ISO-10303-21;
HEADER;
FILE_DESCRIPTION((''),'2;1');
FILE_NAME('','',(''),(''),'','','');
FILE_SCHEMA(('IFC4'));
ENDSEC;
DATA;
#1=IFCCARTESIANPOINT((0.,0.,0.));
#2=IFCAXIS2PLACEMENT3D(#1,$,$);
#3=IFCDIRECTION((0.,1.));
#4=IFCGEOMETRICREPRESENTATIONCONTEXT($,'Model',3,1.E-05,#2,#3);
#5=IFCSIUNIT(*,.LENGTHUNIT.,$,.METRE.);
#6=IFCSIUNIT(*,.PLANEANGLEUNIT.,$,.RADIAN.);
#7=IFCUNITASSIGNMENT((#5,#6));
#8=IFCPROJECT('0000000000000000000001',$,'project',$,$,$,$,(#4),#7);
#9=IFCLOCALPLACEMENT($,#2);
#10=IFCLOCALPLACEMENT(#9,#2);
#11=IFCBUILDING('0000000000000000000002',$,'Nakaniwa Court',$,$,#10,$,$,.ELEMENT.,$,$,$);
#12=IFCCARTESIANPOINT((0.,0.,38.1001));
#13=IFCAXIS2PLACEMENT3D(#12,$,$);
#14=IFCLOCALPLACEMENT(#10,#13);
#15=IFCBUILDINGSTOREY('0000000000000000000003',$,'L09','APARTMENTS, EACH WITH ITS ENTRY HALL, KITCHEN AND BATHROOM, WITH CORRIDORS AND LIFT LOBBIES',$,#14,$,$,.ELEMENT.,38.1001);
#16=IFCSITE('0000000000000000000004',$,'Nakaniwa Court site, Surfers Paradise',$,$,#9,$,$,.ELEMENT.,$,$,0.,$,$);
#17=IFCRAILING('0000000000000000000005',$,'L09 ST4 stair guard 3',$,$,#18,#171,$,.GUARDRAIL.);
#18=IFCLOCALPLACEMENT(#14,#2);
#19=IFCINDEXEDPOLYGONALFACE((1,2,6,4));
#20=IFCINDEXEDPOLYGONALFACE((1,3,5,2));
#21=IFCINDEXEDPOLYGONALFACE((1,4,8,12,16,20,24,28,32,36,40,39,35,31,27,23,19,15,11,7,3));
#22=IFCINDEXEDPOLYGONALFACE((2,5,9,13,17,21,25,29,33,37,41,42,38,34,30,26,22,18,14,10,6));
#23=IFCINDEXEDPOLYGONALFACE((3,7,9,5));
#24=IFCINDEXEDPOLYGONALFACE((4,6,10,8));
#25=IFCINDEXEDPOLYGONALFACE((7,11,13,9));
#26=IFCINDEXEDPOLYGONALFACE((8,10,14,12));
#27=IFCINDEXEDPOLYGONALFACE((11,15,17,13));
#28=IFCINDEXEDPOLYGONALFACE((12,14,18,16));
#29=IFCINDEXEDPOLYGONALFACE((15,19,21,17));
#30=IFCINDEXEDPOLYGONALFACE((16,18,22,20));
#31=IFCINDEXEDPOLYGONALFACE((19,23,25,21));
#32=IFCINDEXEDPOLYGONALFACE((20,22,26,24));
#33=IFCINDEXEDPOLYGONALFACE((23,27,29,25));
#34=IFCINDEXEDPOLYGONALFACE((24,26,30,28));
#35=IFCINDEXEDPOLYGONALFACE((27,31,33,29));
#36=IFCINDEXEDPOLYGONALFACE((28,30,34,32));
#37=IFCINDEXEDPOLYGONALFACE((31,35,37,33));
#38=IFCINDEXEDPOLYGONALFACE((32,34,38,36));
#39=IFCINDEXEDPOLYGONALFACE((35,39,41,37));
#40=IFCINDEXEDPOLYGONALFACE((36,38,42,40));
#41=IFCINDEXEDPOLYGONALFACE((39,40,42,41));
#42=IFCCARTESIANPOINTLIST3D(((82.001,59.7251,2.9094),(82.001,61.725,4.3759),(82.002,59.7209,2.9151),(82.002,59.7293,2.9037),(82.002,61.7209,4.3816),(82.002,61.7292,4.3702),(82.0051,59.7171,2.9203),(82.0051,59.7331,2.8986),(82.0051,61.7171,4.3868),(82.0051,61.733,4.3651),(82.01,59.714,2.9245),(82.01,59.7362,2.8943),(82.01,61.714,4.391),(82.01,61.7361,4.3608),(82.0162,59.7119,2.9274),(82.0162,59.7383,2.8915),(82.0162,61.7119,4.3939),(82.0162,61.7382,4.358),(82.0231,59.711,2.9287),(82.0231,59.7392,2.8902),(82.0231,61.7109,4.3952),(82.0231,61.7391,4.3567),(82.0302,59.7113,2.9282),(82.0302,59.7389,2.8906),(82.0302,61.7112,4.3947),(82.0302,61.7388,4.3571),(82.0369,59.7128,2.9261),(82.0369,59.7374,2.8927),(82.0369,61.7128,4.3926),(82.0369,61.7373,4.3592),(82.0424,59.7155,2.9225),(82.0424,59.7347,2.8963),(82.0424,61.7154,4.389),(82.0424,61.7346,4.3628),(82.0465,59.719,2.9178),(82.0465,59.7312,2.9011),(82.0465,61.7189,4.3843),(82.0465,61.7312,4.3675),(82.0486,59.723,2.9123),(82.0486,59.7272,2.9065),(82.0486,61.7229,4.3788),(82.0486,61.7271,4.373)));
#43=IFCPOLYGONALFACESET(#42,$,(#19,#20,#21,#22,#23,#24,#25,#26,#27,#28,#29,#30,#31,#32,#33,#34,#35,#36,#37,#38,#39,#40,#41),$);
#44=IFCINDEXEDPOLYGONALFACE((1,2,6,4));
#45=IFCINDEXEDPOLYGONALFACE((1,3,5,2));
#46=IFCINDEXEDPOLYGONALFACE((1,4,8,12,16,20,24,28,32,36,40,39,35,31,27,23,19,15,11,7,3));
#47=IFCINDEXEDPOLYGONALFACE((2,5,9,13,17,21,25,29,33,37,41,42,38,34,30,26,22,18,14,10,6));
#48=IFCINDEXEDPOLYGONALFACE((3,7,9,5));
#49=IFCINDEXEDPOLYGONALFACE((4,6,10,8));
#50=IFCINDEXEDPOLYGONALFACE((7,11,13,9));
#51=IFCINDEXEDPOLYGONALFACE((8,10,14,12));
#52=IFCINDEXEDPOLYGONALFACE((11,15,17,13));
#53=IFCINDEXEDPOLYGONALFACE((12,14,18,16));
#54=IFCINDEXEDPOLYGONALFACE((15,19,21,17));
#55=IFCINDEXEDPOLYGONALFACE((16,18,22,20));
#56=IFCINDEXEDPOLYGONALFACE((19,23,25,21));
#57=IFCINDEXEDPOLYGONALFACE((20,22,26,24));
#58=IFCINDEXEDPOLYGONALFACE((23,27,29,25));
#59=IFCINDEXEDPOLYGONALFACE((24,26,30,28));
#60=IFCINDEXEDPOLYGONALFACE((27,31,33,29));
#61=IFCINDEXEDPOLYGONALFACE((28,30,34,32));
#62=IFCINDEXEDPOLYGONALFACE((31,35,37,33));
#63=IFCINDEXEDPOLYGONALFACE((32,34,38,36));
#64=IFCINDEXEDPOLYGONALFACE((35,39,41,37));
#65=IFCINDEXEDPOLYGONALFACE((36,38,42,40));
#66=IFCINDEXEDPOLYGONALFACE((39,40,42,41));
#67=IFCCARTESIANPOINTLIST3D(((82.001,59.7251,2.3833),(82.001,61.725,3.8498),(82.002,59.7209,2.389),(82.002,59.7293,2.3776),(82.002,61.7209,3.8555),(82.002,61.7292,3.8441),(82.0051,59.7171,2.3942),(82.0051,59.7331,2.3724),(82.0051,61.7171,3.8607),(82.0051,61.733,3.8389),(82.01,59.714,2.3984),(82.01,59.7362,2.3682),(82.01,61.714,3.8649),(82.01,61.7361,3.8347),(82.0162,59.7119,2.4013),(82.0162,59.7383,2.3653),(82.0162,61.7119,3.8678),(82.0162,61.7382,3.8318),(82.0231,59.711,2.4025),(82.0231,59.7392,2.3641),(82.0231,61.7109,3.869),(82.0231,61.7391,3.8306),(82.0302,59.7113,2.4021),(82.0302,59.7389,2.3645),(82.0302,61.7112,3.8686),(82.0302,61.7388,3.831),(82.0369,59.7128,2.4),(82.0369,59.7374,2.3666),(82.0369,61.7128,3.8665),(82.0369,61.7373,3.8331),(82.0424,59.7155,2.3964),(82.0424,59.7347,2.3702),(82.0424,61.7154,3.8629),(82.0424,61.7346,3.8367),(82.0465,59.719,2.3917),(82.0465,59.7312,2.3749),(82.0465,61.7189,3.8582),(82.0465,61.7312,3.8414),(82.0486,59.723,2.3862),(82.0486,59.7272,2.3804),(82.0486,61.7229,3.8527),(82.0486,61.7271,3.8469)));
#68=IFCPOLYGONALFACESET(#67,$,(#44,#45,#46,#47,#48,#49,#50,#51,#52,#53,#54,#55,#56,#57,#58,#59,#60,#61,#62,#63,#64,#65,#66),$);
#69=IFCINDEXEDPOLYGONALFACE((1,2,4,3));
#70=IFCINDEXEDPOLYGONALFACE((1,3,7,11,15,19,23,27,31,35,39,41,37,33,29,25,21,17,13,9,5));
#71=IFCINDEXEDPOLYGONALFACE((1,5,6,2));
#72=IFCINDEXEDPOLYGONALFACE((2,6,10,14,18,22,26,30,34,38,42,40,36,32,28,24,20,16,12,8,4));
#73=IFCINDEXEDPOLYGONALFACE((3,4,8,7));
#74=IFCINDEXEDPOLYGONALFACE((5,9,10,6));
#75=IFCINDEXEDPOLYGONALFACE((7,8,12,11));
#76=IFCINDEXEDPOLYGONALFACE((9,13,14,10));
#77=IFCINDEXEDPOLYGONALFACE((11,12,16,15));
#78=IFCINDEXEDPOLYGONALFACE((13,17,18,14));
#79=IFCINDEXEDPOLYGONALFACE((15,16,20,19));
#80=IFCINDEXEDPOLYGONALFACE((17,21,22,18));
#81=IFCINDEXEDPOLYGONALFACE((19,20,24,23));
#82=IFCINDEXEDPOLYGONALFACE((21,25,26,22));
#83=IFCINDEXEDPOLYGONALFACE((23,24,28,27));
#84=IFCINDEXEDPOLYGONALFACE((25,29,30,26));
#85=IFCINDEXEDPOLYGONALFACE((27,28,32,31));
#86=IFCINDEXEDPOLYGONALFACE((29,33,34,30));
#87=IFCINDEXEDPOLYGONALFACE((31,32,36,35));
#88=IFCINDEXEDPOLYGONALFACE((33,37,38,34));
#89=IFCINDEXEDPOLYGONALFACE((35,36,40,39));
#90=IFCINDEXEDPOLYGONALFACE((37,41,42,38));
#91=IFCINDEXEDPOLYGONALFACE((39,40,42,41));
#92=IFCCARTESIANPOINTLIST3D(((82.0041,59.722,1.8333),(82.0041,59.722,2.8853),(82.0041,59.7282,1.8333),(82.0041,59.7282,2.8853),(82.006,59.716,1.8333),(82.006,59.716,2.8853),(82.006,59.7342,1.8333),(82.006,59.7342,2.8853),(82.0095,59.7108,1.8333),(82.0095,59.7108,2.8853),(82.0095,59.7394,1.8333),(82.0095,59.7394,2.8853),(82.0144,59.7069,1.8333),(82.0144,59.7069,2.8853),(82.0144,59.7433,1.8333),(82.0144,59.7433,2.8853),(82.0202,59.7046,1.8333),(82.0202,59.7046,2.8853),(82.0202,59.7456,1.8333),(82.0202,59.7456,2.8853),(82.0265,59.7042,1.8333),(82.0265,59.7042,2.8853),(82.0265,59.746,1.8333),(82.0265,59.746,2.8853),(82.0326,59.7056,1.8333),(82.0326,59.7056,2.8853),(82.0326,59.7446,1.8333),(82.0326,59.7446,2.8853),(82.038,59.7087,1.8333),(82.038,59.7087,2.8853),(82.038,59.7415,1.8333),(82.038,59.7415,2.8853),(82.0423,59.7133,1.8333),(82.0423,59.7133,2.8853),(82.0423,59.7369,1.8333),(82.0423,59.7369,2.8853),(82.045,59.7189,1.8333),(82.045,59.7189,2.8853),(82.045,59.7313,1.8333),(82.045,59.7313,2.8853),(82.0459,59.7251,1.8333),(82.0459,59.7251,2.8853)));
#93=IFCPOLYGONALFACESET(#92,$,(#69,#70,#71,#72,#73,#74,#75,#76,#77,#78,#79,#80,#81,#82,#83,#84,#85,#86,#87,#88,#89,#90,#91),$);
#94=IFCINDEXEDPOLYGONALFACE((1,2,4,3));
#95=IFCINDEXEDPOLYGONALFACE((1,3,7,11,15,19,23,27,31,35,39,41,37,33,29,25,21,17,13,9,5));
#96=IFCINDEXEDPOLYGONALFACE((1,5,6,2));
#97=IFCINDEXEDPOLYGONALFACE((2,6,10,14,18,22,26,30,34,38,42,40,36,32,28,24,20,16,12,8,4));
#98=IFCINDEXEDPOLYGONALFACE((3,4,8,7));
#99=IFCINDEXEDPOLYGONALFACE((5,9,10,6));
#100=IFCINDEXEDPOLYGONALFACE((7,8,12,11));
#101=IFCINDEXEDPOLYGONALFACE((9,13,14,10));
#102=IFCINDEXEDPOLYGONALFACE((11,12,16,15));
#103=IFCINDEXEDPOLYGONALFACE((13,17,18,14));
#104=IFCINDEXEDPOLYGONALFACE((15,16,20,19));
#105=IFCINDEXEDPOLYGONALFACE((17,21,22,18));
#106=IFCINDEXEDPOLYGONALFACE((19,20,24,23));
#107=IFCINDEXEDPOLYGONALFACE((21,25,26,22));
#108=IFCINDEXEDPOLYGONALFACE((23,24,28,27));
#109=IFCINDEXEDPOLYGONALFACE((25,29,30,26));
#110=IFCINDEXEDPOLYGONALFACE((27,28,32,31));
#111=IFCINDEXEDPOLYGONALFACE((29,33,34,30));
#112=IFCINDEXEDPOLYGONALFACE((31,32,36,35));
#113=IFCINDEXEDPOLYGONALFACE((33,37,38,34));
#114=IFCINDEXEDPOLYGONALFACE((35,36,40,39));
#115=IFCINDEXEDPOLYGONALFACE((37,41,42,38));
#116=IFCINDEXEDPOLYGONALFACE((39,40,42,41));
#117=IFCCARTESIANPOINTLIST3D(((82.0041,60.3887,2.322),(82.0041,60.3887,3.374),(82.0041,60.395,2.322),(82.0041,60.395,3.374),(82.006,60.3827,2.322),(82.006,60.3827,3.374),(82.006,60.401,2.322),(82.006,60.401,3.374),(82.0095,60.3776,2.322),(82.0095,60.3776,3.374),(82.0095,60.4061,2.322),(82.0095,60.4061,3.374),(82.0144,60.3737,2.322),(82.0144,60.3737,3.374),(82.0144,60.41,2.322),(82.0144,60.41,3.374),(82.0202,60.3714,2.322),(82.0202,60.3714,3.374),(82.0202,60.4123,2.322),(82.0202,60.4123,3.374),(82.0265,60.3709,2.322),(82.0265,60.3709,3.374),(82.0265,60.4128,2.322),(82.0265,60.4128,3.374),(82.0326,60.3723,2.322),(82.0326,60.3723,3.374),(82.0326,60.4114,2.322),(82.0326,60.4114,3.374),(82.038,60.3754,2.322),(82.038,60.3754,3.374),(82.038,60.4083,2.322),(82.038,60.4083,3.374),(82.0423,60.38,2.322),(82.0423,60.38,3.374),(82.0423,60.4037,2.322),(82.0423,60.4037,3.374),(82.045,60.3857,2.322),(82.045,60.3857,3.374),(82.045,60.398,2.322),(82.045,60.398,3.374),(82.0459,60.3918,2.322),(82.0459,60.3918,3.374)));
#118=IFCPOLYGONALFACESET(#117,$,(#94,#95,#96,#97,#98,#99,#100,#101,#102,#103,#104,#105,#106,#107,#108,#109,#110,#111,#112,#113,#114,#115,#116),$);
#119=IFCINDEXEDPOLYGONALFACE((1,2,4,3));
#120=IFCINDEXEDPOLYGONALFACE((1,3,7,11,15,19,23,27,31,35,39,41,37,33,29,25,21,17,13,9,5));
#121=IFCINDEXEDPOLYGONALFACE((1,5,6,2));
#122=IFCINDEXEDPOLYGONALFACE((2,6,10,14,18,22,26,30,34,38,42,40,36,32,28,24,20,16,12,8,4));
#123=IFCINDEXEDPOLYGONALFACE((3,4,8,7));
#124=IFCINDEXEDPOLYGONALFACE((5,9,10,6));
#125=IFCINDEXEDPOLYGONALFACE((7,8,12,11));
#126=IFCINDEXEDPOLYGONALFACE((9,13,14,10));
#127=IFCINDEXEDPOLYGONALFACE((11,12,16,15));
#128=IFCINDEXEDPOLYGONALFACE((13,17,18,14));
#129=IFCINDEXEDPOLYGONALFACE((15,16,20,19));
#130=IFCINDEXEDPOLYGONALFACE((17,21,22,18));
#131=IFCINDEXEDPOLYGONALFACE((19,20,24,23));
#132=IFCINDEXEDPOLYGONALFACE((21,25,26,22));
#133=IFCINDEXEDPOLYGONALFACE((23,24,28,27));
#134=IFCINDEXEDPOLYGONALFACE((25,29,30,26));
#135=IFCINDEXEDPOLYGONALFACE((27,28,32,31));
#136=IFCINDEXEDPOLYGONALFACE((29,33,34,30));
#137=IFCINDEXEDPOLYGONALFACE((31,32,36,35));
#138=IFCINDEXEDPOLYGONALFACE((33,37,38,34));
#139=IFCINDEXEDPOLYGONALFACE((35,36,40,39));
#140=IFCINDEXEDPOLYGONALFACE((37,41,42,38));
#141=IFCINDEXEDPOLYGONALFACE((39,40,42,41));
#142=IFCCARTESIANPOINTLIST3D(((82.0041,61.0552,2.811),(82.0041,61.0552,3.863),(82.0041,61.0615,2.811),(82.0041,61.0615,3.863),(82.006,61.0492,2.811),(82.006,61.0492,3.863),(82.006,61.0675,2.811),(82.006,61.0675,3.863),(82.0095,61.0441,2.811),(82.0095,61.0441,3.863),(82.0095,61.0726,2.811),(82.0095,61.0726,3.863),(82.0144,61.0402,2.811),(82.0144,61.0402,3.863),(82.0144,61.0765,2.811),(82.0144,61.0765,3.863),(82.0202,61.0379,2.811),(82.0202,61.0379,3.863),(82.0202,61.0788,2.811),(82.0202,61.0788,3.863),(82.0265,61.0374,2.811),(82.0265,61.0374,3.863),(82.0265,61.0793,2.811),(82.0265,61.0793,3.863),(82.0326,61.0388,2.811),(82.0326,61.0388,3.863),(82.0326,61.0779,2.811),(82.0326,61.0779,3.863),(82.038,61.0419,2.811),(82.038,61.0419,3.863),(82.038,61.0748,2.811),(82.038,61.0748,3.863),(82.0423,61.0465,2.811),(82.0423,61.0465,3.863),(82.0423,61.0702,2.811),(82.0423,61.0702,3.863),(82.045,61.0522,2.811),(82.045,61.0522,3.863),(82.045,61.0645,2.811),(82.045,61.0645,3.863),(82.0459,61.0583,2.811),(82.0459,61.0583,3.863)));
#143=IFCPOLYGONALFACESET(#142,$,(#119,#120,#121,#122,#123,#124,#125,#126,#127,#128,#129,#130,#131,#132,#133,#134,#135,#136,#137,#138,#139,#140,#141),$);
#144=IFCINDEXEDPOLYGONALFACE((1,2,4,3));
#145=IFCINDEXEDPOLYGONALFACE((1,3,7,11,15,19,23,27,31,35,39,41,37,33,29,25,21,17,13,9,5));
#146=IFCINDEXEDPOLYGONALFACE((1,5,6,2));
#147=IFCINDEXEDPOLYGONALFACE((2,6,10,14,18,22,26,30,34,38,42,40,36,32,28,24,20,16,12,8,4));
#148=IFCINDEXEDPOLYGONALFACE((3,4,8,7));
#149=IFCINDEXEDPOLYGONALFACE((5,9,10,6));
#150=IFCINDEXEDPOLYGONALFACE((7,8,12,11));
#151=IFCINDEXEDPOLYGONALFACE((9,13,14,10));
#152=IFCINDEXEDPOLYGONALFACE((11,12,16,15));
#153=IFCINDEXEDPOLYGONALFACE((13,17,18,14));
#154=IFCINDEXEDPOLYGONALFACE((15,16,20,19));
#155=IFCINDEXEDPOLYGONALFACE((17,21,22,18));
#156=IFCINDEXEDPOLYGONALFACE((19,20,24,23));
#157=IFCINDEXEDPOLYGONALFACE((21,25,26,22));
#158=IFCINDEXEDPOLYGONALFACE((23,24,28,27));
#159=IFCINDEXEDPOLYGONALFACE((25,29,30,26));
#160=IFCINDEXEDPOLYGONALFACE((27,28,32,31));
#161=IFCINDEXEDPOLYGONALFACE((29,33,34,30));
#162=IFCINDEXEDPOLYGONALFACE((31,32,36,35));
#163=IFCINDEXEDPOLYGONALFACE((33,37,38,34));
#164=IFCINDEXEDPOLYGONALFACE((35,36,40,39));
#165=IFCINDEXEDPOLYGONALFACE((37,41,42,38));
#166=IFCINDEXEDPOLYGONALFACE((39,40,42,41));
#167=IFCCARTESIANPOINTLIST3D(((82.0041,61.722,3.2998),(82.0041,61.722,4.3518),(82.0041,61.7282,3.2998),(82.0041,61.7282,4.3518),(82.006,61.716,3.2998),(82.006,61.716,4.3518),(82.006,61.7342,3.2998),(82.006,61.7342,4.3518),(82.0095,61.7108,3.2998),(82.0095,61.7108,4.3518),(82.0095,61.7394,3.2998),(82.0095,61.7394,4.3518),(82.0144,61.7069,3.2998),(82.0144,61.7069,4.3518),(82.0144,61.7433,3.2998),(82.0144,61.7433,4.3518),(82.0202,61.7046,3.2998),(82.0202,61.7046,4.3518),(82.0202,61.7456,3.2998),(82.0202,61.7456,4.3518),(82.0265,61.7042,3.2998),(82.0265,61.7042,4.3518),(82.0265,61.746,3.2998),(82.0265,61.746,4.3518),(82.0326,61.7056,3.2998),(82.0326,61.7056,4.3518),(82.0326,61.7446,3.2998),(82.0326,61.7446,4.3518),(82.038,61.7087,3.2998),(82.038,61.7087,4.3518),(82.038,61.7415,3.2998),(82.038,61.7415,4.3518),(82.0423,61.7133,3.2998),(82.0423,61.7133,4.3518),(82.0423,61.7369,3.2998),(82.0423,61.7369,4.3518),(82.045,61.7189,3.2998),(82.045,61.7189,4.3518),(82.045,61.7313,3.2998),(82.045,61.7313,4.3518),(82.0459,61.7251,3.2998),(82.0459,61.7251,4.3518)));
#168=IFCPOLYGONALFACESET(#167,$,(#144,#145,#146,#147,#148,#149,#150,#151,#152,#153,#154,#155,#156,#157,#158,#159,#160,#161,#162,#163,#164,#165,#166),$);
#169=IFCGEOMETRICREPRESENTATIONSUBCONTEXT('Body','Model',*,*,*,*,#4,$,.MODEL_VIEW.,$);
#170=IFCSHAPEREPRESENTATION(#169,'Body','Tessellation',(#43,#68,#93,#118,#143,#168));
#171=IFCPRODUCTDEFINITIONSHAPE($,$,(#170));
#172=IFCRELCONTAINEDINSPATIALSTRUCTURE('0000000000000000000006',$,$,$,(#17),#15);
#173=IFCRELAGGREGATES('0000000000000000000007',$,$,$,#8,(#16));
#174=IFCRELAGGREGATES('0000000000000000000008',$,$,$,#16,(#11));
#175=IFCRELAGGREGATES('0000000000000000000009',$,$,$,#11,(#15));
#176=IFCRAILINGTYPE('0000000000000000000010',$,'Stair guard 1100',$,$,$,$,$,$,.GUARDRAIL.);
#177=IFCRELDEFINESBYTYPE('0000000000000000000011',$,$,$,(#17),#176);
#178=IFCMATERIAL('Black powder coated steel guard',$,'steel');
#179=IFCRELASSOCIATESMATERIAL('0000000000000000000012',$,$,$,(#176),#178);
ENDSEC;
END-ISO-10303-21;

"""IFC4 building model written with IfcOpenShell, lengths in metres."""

from ifc_helpers import new_model, si_unit, direction, frame, origin, origin_2d, place, context, subcontext, project, spatial, circle, extrude, material, type_object, element, save


model = new_model("IFC4")

# Units and contexts
model_context = context("Model", 3, precision=1e-05, world=origin(), true_north=direction((0.0, 1.0)))
body_context = subcontext(model_context, "Body", "Model", "MODEL_VIEW")
ifc_project = project(units=[si_unit("LENGTHUNIT", "METRE"), si_unit("PLANEANGLEUNIT", "RADIAN")], contexts=[model_context])

# Site, building, storey
site_placement = place(None, origin())
site = spatial("IfcSite", under=ifc_project, at=site_placement, Name="Nakaniwa Court site, Surfers Paradise", CompositionType="ELEMENT", RefElevation=0.0)
building_placement = place(site_placement, origin())
building = spatial("IfcBuilding", under=site, at=building_placement, Name="Nakaniwa Court", CompositionType="ELEMENT")
storey_placement = place(building_placement, frame((0.0, 0.0, 38.1001)))
storey = spatial("IfcBuildingStorey", under=building, at=storey_placement, Name="L09", Description="APARTMENTS, EACH WITH ITS ENTRY HALL, KITCHEN AND BATHROOM, WITH CORRIDORS AND LIFT LOBBIES", CompositionType="ELEMENT", Elevation=38.1001)

# Railing
ifc_material_1 = material(Name="Black powder coated steel guard", Category="steel")
railing_type_1 = type_object("IfcRailingType", Name="Stair guard 1100", PredefinedType="GUARDRAIL", material=ifc_material_1)
railing_1_placement = place(storey_placement, frame((82.0249, 59.7251, 1.8333)))
element("IfcRailing", 1, at=railing_1_placement, inside=storey, type_object=railing_type_1, Name="L09 ST4 stair guard 3", PredefinedType="GUARDRAIL", context=body_context, shape_type="SweptSolid", body=[
    extrude(circle(Radius=0.0239, at=origin_2d()), frame((0.0, 0.0, 1.0762), z_axis=(0.0, 0.806427, 0.591334), x_axis=(-1.0, 0.0, 0.0)), (0.0, 0.0, 1.0), 2.48),
    extrude(circle(Radius=0.0239, at=origin_2d()), frame((0.0, 0.0, 0.55), z_axis=(0.0, 0.806427, 0.591334), x_axis=(-1.0, 0.0, 0.0)), (0.0, 0.0, 1.0), 2.48),
    extrude(circle(Radius=0.021, at=origin_2d()), origin(), (0.0, 0.0, 1.0), 1.052),
    extrude(circle(Radius=0.021, at=origin_2d()), frame((0.0, 0.6667, 0.4888)), (0.0, 0.0, 1.0), 1.052),
    extrude(circle(Radius=0.021, at=origin_2d()), frame((0.0, 1.3333, 0.9778)), (0.0, 0.0, 1.0), 1.052),
    extrude(circle(Radius=0.021, at=origin_2d()), frame((0.0, 2.0, 1.4666)), (0.0, 0.0, 1.0), 1.052),
])

save(model, "model.ifc")
